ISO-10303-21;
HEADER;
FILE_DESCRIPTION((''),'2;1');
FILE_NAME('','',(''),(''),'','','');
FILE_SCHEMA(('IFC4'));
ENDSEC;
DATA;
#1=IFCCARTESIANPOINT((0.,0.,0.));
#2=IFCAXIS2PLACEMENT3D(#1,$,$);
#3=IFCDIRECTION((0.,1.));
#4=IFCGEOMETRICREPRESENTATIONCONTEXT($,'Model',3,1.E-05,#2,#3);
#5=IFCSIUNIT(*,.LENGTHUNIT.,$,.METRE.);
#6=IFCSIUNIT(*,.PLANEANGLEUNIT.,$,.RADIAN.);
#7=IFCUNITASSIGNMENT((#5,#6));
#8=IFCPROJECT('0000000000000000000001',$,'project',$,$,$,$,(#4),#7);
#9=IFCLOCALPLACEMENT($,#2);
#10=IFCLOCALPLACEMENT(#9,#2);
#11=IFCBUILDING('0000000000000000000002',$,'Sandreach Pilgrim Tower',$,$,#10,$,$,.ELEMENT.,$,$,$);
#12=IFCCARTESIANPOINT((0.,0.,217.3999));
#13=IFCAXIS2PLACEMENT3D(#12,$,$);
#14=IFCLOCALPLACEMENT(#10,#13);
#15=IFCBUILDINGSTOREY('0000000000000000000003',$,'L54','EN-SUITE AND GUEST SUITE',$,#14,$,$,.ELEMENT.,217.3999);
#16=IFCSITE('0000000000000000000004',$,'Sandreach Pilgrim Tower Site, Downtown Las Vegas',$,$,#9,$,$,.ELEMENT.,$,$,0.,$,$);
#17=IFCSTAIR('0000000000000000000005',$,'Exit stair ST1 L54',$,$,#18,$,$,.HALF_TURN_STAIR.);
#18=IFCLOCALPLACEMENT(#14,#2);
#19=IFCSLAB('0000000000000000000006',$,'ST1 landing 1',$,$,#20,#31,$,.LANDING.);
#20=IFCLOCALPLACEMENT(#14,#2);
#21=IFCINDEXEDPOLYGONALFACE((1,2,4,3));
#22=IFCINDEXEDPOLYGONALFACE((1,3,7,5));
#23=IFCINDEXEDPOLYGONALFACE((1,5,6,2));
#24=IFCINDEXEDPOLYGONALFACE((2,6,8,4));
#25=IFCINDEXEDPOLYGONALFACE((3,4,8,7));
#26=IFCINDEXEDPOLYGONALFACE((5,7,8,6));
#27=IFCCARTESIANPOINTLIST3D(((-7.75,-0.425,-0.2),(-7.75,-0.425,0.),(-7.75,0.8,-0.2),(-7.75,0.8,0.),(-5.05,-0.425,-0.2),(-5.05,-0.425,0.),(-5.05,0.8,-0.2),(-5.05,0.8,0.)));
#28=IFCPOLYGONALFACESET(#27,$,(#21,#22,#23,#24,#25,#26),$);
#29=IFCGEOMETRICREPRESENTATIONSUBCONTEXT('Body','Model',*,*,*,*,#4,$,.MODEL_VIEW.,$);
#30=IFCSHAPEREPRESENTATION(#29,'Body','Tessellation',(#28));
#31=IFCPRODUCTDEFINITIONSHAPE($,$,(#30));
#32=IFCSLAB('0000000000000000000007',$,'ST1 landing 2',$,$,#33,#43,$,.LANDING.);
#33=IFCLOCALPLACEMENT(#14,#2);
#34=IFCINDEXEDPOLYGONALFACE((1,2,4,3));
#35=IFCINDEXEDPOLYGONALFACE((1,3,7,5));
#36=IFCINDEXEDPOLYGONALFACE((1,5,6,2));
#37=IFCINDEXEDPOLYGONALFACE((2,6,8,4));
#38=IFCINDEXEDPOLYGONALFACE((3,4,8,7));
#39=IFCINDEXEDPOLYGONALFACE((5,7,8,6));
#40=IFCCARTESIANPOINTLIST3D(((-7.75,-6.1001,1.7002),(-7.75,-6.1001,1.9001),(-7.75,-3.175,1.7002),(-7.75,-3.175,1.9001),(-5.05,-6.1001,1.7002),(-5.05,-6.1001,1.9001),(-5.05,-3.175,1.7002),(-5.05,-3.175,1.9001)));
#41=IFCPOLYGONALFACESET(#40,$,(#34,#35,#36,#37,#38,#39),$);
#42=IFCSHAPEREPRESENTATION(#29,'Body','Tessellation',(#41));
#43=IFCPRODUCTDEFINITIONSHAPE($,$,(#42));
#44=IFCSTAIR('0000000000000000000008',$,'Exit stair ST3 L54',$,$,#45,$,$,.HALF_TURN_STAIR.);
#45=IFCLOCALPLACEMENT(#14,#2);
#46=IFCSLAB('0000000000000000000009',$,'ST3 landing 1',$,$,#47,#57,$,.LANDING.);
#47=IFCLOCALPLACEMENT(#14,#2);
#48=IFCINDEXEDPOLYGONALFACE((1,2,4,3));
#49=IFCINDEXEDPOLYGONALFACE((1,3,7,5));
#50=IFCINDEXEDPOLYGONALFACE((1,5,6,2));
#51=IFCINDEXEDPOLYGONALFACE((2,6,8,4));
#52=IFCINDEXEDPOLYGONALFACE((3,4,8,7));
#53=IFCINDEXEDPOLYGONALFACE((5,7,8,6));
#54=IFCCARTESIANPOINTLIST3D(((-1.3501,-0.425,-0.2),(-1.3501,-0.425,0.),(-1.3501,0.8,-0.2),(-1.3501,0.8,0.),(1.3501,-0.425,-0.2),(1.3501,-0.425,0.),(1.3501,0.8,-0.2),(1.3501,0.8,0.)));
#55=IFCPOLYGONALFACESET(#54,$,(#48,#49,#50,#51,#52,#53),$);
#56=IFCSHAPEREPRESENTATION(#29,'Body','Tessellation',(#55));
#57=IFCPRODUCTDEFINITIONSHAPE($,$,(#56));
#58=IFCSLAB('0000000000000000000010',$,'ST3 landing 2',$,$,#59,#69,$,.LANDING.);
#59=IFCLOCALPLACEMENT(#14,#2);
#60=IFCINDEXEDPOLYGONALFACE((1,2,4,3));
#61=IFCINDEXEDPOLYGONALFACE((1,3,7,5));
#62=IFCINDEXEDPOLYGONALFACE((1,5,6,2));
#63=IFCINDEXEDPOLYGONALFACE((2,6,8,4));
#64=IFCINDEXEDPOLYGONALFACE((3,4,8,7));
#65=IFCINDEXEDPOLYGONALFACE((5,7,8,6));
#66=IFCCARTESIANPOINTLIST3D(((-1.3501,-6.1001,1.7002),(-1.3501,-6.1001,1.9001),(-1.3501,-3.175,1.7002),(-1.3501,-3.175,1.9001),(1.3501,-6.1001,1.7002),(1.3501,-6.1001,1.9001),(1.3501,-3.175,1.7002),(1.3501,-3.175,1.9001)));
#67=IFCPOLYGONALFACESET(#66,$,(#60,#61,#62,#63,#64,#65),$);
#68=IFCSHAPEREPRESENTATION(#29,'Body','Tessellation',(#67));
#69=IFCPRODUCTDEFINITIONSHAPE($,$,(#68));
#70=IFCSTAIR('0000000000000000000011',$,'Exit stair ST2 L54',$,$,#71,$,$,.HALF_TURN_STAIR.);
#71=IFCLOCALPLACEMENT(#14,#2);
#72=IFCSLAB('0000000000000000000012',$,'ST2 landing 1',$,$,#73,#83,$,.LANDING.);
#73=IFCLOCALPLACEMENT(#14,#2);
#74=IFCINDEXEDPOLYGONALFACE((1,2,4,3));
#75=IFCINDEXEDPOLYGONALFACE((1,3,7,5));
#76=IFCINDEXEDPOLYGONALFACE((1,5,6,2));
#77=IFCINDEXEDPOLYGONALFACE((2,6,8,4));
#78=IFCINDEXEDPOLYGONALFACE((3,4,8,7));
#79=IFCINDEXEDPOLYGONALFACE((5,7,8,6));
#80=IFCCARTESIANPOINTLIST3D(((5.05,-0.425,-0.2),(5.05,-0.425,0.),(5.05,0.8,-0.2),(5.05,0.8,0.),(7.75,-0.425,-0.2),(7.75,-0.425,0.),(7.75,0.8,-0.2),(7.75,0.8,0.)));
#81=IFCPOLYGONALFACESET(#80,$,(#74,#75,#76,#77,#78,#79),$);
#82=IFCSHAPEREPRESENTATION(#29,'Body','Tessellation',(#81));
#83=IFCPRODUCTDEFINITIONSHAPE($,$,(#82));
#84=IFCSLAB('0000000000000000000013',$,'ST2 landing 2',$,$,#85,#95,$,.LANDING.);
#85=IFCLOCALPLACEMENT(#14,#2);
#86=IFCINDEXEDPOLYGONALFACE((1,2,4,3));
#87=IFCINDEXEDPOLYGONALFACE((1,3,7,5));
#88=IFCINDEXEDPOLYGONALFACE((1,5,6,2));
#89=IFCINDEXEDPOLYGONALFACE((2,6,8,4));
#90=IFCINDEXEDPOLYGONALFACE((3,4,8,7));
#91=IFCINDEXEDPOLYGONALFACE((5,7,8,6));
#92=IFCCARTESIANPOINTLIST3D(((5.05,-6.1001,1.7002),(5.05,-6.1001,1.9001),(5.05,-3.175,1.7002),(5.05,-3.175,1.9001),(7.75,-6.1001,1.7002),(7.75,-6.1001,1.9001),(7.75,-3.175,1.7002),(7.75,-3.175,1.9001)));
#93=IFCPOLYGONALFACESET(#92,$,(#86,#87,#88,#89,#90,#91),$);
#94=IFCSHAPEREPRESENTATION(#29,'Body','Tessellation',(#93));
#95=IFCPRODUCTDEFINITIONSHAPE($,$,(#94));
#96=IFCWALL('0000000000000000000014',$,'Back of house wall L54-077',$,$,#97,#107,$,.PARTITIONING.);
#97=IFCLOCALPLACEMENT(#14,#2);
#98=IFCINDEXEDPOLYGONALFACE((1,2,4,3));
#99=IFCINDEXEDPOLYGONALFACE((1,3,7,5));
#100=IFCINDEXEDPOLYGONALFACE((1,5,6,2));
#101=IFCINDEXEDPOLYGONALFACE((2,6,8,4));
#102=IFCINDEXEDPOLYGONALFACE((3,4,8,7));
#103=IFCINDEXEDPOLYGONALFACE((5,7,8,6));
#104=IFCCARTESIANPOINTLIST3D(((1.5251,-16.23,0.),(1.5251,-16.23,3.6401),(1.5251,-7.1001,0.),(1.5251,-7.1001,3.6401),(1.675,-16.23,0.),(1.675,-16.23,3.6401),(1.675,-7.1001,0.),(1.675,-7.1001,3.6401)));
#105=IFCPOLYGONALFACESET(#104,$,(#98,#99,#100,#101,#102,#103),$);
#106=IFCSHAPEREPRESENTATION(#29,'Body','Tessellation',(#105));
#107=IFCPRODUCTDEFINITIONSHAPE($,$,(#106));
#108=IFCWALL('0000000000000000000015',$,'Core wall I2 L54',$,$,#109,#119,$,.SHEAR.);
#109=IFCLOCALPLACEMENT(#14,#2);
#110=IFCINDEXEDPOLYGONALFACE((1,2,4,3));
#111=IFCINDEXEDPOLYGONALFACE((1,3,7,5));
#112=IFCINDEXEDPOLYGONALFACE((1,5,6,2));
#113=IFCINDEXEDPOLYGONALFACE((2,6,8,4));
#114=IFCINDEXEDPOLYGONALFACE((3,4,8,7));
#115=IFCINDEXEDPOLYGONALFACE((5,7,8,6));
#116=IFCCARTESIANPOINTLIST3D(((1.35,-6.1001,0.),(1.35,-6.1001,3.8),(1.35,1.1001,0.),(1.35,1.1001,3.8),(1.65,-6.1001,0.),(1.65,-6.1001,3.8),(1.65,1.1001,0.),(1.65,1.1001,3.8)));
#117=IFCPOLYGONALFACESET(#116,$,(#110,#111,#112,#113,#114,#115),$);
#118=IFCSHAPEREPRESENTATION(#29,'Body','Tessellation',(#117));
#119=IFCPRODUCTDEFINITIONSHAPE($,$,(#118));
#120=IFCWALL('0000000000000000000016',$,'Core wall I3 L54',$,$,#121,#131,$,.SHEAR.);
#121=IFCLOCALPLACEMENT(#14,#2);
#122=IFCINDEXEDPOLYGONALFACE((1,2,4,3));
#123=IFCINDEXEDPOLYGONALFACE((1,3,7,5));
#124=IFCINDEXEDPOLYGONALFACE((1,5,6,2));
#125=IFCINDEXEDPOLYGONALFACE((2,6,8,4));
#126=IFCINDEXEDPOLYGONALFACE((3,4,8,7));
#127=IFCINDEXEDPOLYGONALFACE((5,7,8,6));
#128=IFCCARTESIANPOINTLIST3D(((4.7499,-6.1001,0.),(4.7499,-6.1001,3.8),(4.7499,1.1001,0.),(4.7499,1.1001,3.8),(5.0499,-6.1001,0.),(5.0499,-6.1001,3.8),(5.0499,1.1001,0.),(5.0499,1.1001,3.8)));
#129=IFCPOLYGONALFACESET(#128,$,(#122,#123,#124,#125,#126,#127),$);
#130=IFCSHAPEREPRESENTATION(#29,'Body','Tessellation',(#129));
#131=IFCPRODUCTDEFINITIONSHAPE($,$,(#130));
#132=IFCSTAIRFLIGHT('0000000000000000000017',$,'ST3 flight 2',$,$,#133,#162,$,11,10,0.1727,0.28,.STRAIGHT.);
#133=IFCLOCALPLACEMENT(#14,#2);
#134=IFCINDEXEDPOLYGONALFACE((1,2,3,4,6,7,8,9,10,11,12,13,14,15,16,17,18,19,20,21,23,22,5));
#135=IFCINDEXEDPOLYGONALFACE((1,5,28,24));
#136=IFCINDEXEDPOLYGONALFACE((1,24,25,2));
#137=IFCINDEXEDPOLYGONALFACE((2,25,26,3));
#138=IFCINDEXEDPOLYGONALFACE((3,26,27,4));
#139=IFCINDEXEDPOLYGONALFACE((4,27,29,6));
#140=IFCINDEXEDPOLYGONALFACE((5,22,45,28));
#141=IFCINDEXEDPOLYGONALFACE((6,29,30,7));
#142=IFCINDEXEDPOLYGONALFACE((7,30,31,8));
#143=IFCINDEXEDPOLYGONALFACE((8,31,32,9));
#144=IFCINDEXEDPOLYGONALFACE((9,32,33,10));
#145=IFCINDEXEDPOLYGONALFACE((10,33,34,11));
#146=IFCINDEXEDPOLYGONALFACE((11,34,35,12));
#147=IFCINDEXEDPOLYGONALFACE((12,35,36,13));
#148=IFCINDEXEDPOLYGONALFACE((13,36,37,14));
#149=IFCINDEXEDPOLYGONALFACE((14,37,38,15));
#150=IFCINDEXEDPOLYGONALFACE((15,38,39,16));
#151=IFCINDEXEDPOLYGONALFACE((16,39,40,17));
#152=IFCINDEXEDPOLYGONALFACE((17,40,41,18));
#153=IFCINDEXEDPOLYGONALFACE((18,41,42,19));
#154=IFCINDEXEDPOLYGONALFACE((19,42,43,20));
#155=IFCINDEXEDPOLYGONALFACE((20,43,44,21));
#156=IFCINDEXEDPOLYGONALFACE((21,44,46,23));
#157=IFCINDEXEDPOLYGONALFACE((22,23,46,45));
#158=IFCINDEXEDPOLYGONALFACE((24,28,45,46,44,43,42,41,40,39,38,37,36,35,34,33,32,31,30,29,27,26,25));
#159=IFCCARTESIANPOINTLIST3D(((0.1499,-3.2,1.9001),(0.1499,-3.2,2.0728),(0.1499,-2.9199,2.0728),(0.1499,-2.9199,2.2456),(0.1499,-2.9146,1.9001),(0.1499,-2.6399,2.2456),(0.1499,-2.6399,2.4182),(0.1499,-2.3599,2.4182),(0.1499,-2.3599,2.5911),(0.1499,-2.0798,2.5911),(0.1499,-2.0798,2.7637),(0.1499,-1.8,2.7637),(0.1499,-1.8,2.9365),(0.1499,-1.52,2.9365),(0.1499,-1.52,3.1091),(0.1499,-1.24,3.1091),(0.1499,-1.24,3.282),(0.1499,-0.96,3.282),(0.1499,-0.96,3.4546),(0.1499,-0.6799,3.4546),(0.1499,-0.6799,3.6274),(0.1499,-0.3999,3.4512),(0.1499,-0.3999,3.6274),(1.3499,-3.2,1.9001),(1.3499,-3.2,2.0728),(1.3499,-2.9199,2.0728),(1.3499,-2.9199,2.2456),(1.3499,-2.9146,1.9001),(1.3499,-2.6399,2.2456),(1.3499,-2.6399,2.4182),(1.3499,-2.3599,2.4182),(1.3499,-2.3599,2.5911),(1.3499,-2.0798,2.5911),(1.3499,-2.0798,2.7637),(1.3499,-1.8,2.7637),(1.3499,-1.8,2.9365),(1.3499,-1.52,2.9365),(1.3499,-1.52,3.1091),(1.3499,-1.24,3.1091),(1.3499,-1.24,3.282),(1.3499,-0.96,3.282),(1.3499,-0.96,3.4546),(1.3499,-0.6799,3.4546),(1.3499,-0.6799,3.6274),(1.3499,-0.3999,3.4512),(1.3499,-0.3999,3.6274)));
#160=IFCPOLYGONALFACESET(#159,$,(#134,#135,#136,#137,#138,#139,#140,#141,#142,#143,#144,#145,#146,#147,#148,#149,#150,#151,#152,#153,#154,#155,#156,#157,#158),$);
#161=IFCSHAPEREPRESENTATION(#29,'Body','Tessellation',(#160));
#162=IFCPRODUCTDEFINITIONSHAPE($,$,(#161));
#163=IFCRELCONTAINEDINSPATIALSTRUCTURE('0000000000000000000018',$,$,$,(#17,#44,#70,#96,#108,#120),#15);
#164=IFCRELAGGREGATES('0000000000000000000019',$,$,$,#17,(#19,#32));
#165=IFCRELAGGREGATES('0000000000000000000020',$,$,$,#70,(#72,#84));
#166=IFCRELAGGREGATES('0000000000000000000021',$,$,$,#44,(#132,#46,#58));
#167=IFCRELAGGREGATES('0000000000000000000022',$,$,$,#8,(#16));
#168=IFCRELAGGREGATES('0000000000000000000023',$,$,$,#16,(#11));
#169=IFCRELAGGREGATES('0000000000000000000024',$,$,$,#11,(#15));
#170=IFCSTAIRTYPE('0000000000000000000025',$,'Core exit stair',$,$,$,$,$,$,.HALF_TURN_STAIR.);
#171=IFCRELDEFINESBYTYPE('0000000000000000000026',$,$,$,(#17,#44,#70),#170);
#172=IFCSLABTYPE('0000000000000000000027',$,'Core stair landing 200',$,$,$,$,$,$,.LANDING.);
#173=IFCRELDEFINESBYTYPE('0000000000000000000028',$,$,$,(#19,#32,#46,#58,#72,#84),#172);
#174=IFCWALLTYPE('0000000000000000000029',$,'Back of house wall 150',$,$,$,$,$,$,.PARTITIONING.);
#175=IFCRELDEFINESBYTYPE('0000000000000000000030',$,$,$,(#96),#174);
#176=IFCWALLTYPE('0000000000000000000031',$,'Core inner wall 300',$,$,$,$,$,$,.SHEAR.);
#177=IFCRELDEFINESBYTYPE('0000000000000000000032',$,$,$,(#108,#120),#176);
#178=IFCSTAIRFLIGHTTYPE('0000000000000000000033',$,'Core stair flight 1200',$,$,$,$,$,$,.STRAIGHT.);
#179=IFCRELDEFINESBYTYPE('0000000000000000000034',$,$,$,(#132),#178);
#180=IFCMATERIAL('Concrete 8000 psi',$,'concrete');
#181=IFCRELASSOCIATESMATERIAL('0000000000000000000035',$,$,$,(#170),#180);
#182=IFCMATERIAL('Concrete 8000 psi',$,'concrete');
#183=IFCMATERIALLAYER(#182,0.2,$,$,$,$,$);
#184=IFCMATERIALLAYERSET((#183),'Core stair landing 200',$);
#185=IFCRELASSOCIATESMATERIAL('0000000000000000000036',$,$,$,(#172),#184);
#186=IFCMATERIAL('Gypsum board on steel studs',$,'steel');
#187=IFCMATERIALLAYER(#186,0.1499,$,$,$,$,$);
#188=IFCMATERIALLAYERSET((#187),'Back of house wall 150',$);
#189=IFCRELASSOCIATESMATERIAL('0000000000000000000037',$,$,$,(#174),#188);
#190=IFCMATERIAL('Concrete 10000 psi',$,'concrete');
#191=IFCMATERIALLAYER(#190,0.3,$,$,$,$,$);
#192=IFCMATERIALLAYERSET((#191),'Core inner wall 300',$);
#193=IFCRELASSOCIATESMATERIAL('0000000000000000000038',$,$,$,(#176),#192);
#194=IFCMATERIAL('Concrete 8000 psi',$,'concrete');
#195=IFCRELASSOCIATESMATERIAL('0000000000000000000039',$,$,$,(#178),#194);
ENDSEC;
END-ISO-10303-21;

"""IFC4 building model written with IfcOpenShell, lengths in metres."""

from ifc_helpers import new_model, si_unit, direction, frame, frame_2d, origin, place, context, subcontext, project, spatial, polyline, rectangle, outline, extrude, material, layer, layer_set, type_object, element, aggregate, save


model = new_model("IFC4")

# Units and contexts
model_context = context("Model", 3, precision=1e-05, world=origin(), true_north=direction((0.0, 1.0)))
body_context = subcontext(model_context, "Body", "Model", "MODEL_VIEW")
ifc_project = project(units=[si_unit("LENGTHUNIT", "METRE"), si_unit("PLANEANGLEUNIT", "RADIAN")], contexts=[model_context])

# Site, building, storey
site_placement = place(None, origin())
site = spatial("IfcSite", under=ifc_project, at=site_placement, Name="Sandreach Pilgrim Tower Site, Downtown Las Vegas", CompositionType="ELEMENT", RefElevation=0.0)
building_placement = place(site_placement, origin())
building = spatial("IfcBuilding", under=site, at=building_placement, Name="Sandreach Pilgrim Tower", CompositionType="ELEMENT")
storey_placement = place(building_placement, frame((0.0, 0.0, 217.3999)))
storey = spatial("IfcBuildingStorey", under=building, at=storey_placement, Name="L54", Description="EN-SUITE AND GUEST SUITE", CompositionType="ELEMENT", Elevation=217.3999)

# Stairs, slabs
ifc_material_1 = material(Name="Concrete 8000 psi", Category="concrete")
stair_type = type_object("IfcStairType", Name="Core exit stair", PredefinedType="HALF_TURN_STAIR", material=ifc_material_1)
stair_1_placement = place(storey_placement, origin())
stair_1 = element("IfcStair", 1, at=stair_1_placement, inside=storey, type_object=stair_type, Name="Exit stair ST1 L54", PredefinedType="HALF_TURN_STAIR")
ifc_material_2 = material(Name="Concrete 8000 psi", Category="concrete")
ifc_layer_1 = layer(ifc_material_2, 0.2)
ifc_layer_set_1 = layer_set([ifc_layer_1], Name="Core stair landing 200")
slab_type = type_object("IfcSlabType", Name="Core stair landing 200", PredefinedType="LANDING", material=ifc_layer_set_1)
slab_1_placement = place(storey_placement, frame((0.0, 0.0, -0.2)))
slab_1 = element("IfcSlab", 2, at=slab_1_placement, type_object=slab_type, Name="ST1 landing 1", PredefinedType="LANDING", context=body_context, shape_type="SweptSolid", body=[
    extrude(outline(polyline([(-7.75, -0.425), (-5.05, -0.425), (-5.05, 0.8), (-7.75, 0.8), (-7.75, -0.425)])), origin(), (0.0, 0.0, 1.0), 0.2),
])
slab_2_placement = place(storey_placement, frame((0.0, 0.0, 1.7002)))
slab_2 = element("IfcSlab", 3, at=slab_2_placement, type_object=slab_type, Name="ST1 landing 2", PredefinedType="LANDING", context=body_context, shape_type="SweptSolid", body=[
    extrude(outline(polyline([(-7.75, -6.1001), (-5.05, -6.1001), (-5.05, -3.175), (-7.75, -3.175), (-7.75, -6.1001)])), origin(), (0.0, 0.0, 1.0), 0.2),
])
aggregate(stair_1, [slab_1, slab_2])
stair_2_placement = place(storey_placement, origin())
stair_2 = element("IfcStair", 4, at=stair_2_placement, inside=storey, type_object=stair_type, Name="Exit stair ST3 L54", PredefinedType="HALF_TURN_STAIR")
slab_3_placement = place(storey_placement, frame((0.0, 0.0, -0.2)))
slab_3 = element("IfcSlab", 5, at=slab_3_placement, type_object=slab_type, Name="ST3 landing 1", PredefinedType="LANDING", context=body_context, shape_type="SweptSolid", body=[
    extrude(outline(polyline([(-1.3501, -0.425), (1.3501, -0.425), (1.3501, 0.8), (-1.3501, 0.8), (-1.3501, -0.425)])), origin(), (0.0, 0.0, 1.0), 0.2),
])
slab_4_placement = place(storey_placement, frame((0.0, 0.0, 1.7002)))
slab_4 = element("IfcSlab", 6, at=slab_4_placement, type_object=slab_type, Name="ST3 landing 2", PredefinedType="LANDING", context=body_context, shape_type="SweptSolid", body=[
    extrude(outline(polyline([(-1.3501, -6.1001), (1.3501, -6.1001), (1.3501, -3.175), (-1.3501, -3.175), (-1.3501, -6.1001)])), origin(), (0.0, 0.0, 1.0), 0.2),
])
stair_3_placement = place(storey_placement, origin())
stair_3 = element("IfcStair", 7, at=stair_3_placement, inside=storey, type_object=stair_type, Name="Exit stair ST2 L54", PredefinedType="HALF_TURN_STAIR")
slab_5_placement = place(storey_placement, frame((0.0, 0.0, -0.2)))
slab_5 = element("IfcSlab", 8, at=slab_5_placement, type_object=slab_type, Name="ST2 landing 1", PredefinedType="LANDING", context=body_context, shape_type="SweptSolid", body=[
    extrude(outline(polyline([(5.05, -0.425), (7.75, -0.425), (7.75, 0.8), (5.05, 0.8), (5.05, -0.425)])), origin(), (0.0, 0.0, 1.0), 0.2),
])
slab_6_placement = place(storey_placement, frame((0.0, 0.0, 1.7002)))
slab_6 = element("IfcSlab", 9, at=slab_6_placement, type_object=slab_type, Name="ST2 landing 2", PredefinedType="LANDING", context=body_context, shape_type="SweptSolid", body=[
    extrude(outline(polyline([(5.05, -6.1001), (7.75, -6.1001), (7.75, -3.175), (5.05, -3.175), (5.05, -6.1001)])), origin(), (0.0, 0.0, 1.0), 0.2),
])
aggregate(stair_3, [slab_5, slab_6])

# Walls
ifc_material_3 = material(Name="Gypsum board on steel studs", Category="steel")
ifc_layer_2 = layer(ifc_material_3, 0.1499)
ifc_layer_set_2 = layer_set([ifc_layer_2], Name="Back of house wall 150")
wall_type_1 = type_object("IfcWallType", Name="Back of house wall 150", PredefinedType="PARTITIONING", material=ifc_layer_set_2)
wall_1_placement = place(storey_placement, frame((1.6001, -7.1001, 0.0), z_axis=(0.0, 0.0, 1.0), x_axis=(0.0, -1.0, 0.0)))
element("IfcWall", 10, at=wall_1_placement, inside=storey, type_object=wall_type_1, Name="Back of house wall L54-077", PredefinedType="PARTITIONING", context=body_context, shape_type="SweptSolid", body=[
    extrude(rectangle(XDim=9.1299, YDim=0.1499, at=frame_2d((4.5649, 0.0))), origin(), (0.0, 0.0, 1.0), 3.6401),
])
ifc_material_4 = material(Name="Concrete 10000 psi", Category="concrete")
ifc_layer_3 = layer(ifc_material_4, 0.3)
ifc_layer_set_3 = layer_set([ifc_layer_3], Name="Core inner wall 300")
wall_type_2 = type_object("IfcWallType", Name="Core inner wall 300", PredefinedType="SHEAR", material=ifc_layer_set_3)
for number, where, z_axis, x_axis, name in (
    (11, (1.5, -6.1001, 0.0), (0.0, 0.0, 1.0), (0.0, 1.0, 0.0), "Core wall I2 L54"),
    (12, (4.8999, -6.1001, 0.0), (0.0, 0.0, 1.0), (0.0, 1.0, 0.0), "Core wall I3 L54"),
):
    element("IfcWall", number, at=place(storey_placement, frame(where, z_axis=z_axis, x_axis=x_axis)), inside=storey, type_object=wall_type_2, Name=name, PredefinedType="SHEAR", context=body_context, shape_type="SweptSolid", body=[
        extrude(rectangle(XDim=7.2002, YDim=0.3, at=frame_2d((3.6001, 0.0))), origin(), (0.0, 0.0, 1.0), 3.8),
    ])

# Stair flight
ifc_material_5 = material(Name="Concrete 8000 psi", Category="concrete")
stair_flight_type = type_object("IfcStairFlightType", Name="Core stair flight 1200", PredefinedType="STRAIGHT", material=ifc_material_5)
stair_flight_placement = place(storey_placement, frame((0.75, -3.2, 1.9001), z_axis=(0.0, 0.0, 1.0), x_axis=(0.0, 1.0, 0.0)))
stair_flight = element("IfcStairFlight", 13, at=stair_flight_placement, type_object=stair_flight_type, Name="ST3 flight 2", NumberOfRisers=11, NumberOfTreads=10, PredefinedType="STRAIGHT", RiserHeight=0.1727, TreadLength=0.28, context=body_context, shape_type="SweptSolid", body=[
    extrude(outline(polyline([(0.0, 0.0), (0.0, 0.1726), (0.28, 0.1726), (0.28, 0.3455), (0.5601, 0.3455), (0.5601, 0.5181), (0.8401, 0.5181), (0.8401, 0.6909), (1.1201, 0.6909), (1.1201, 0.8635), (1.3999, 0.8635), (1.3999, 1.0364), (1.6799, 1.0364), (1.6799, 1.209), (1.96, 1.209), (1.96, 1.3818), (2.24, 1.3818), (2.24, 1.5544), (2.52, 1.5544), (2.52, 1.7273), (2.8, 1.7273), (2.8, 1.8999), (2.8, 1.551), (0.2854, 0.0), (0.0, 0.0)])), frame((0.0, 0.6001, 0.0), z_axis=(0.0, -1.0, 0.0), x_axis=(1.0, 0.0, 0.0)), (0.0, 0.0, 1.0), 1.2),
])
aggregate(stair_2, [stair_flight, slab_3, slab_4])

save(model, "model.ifc")
